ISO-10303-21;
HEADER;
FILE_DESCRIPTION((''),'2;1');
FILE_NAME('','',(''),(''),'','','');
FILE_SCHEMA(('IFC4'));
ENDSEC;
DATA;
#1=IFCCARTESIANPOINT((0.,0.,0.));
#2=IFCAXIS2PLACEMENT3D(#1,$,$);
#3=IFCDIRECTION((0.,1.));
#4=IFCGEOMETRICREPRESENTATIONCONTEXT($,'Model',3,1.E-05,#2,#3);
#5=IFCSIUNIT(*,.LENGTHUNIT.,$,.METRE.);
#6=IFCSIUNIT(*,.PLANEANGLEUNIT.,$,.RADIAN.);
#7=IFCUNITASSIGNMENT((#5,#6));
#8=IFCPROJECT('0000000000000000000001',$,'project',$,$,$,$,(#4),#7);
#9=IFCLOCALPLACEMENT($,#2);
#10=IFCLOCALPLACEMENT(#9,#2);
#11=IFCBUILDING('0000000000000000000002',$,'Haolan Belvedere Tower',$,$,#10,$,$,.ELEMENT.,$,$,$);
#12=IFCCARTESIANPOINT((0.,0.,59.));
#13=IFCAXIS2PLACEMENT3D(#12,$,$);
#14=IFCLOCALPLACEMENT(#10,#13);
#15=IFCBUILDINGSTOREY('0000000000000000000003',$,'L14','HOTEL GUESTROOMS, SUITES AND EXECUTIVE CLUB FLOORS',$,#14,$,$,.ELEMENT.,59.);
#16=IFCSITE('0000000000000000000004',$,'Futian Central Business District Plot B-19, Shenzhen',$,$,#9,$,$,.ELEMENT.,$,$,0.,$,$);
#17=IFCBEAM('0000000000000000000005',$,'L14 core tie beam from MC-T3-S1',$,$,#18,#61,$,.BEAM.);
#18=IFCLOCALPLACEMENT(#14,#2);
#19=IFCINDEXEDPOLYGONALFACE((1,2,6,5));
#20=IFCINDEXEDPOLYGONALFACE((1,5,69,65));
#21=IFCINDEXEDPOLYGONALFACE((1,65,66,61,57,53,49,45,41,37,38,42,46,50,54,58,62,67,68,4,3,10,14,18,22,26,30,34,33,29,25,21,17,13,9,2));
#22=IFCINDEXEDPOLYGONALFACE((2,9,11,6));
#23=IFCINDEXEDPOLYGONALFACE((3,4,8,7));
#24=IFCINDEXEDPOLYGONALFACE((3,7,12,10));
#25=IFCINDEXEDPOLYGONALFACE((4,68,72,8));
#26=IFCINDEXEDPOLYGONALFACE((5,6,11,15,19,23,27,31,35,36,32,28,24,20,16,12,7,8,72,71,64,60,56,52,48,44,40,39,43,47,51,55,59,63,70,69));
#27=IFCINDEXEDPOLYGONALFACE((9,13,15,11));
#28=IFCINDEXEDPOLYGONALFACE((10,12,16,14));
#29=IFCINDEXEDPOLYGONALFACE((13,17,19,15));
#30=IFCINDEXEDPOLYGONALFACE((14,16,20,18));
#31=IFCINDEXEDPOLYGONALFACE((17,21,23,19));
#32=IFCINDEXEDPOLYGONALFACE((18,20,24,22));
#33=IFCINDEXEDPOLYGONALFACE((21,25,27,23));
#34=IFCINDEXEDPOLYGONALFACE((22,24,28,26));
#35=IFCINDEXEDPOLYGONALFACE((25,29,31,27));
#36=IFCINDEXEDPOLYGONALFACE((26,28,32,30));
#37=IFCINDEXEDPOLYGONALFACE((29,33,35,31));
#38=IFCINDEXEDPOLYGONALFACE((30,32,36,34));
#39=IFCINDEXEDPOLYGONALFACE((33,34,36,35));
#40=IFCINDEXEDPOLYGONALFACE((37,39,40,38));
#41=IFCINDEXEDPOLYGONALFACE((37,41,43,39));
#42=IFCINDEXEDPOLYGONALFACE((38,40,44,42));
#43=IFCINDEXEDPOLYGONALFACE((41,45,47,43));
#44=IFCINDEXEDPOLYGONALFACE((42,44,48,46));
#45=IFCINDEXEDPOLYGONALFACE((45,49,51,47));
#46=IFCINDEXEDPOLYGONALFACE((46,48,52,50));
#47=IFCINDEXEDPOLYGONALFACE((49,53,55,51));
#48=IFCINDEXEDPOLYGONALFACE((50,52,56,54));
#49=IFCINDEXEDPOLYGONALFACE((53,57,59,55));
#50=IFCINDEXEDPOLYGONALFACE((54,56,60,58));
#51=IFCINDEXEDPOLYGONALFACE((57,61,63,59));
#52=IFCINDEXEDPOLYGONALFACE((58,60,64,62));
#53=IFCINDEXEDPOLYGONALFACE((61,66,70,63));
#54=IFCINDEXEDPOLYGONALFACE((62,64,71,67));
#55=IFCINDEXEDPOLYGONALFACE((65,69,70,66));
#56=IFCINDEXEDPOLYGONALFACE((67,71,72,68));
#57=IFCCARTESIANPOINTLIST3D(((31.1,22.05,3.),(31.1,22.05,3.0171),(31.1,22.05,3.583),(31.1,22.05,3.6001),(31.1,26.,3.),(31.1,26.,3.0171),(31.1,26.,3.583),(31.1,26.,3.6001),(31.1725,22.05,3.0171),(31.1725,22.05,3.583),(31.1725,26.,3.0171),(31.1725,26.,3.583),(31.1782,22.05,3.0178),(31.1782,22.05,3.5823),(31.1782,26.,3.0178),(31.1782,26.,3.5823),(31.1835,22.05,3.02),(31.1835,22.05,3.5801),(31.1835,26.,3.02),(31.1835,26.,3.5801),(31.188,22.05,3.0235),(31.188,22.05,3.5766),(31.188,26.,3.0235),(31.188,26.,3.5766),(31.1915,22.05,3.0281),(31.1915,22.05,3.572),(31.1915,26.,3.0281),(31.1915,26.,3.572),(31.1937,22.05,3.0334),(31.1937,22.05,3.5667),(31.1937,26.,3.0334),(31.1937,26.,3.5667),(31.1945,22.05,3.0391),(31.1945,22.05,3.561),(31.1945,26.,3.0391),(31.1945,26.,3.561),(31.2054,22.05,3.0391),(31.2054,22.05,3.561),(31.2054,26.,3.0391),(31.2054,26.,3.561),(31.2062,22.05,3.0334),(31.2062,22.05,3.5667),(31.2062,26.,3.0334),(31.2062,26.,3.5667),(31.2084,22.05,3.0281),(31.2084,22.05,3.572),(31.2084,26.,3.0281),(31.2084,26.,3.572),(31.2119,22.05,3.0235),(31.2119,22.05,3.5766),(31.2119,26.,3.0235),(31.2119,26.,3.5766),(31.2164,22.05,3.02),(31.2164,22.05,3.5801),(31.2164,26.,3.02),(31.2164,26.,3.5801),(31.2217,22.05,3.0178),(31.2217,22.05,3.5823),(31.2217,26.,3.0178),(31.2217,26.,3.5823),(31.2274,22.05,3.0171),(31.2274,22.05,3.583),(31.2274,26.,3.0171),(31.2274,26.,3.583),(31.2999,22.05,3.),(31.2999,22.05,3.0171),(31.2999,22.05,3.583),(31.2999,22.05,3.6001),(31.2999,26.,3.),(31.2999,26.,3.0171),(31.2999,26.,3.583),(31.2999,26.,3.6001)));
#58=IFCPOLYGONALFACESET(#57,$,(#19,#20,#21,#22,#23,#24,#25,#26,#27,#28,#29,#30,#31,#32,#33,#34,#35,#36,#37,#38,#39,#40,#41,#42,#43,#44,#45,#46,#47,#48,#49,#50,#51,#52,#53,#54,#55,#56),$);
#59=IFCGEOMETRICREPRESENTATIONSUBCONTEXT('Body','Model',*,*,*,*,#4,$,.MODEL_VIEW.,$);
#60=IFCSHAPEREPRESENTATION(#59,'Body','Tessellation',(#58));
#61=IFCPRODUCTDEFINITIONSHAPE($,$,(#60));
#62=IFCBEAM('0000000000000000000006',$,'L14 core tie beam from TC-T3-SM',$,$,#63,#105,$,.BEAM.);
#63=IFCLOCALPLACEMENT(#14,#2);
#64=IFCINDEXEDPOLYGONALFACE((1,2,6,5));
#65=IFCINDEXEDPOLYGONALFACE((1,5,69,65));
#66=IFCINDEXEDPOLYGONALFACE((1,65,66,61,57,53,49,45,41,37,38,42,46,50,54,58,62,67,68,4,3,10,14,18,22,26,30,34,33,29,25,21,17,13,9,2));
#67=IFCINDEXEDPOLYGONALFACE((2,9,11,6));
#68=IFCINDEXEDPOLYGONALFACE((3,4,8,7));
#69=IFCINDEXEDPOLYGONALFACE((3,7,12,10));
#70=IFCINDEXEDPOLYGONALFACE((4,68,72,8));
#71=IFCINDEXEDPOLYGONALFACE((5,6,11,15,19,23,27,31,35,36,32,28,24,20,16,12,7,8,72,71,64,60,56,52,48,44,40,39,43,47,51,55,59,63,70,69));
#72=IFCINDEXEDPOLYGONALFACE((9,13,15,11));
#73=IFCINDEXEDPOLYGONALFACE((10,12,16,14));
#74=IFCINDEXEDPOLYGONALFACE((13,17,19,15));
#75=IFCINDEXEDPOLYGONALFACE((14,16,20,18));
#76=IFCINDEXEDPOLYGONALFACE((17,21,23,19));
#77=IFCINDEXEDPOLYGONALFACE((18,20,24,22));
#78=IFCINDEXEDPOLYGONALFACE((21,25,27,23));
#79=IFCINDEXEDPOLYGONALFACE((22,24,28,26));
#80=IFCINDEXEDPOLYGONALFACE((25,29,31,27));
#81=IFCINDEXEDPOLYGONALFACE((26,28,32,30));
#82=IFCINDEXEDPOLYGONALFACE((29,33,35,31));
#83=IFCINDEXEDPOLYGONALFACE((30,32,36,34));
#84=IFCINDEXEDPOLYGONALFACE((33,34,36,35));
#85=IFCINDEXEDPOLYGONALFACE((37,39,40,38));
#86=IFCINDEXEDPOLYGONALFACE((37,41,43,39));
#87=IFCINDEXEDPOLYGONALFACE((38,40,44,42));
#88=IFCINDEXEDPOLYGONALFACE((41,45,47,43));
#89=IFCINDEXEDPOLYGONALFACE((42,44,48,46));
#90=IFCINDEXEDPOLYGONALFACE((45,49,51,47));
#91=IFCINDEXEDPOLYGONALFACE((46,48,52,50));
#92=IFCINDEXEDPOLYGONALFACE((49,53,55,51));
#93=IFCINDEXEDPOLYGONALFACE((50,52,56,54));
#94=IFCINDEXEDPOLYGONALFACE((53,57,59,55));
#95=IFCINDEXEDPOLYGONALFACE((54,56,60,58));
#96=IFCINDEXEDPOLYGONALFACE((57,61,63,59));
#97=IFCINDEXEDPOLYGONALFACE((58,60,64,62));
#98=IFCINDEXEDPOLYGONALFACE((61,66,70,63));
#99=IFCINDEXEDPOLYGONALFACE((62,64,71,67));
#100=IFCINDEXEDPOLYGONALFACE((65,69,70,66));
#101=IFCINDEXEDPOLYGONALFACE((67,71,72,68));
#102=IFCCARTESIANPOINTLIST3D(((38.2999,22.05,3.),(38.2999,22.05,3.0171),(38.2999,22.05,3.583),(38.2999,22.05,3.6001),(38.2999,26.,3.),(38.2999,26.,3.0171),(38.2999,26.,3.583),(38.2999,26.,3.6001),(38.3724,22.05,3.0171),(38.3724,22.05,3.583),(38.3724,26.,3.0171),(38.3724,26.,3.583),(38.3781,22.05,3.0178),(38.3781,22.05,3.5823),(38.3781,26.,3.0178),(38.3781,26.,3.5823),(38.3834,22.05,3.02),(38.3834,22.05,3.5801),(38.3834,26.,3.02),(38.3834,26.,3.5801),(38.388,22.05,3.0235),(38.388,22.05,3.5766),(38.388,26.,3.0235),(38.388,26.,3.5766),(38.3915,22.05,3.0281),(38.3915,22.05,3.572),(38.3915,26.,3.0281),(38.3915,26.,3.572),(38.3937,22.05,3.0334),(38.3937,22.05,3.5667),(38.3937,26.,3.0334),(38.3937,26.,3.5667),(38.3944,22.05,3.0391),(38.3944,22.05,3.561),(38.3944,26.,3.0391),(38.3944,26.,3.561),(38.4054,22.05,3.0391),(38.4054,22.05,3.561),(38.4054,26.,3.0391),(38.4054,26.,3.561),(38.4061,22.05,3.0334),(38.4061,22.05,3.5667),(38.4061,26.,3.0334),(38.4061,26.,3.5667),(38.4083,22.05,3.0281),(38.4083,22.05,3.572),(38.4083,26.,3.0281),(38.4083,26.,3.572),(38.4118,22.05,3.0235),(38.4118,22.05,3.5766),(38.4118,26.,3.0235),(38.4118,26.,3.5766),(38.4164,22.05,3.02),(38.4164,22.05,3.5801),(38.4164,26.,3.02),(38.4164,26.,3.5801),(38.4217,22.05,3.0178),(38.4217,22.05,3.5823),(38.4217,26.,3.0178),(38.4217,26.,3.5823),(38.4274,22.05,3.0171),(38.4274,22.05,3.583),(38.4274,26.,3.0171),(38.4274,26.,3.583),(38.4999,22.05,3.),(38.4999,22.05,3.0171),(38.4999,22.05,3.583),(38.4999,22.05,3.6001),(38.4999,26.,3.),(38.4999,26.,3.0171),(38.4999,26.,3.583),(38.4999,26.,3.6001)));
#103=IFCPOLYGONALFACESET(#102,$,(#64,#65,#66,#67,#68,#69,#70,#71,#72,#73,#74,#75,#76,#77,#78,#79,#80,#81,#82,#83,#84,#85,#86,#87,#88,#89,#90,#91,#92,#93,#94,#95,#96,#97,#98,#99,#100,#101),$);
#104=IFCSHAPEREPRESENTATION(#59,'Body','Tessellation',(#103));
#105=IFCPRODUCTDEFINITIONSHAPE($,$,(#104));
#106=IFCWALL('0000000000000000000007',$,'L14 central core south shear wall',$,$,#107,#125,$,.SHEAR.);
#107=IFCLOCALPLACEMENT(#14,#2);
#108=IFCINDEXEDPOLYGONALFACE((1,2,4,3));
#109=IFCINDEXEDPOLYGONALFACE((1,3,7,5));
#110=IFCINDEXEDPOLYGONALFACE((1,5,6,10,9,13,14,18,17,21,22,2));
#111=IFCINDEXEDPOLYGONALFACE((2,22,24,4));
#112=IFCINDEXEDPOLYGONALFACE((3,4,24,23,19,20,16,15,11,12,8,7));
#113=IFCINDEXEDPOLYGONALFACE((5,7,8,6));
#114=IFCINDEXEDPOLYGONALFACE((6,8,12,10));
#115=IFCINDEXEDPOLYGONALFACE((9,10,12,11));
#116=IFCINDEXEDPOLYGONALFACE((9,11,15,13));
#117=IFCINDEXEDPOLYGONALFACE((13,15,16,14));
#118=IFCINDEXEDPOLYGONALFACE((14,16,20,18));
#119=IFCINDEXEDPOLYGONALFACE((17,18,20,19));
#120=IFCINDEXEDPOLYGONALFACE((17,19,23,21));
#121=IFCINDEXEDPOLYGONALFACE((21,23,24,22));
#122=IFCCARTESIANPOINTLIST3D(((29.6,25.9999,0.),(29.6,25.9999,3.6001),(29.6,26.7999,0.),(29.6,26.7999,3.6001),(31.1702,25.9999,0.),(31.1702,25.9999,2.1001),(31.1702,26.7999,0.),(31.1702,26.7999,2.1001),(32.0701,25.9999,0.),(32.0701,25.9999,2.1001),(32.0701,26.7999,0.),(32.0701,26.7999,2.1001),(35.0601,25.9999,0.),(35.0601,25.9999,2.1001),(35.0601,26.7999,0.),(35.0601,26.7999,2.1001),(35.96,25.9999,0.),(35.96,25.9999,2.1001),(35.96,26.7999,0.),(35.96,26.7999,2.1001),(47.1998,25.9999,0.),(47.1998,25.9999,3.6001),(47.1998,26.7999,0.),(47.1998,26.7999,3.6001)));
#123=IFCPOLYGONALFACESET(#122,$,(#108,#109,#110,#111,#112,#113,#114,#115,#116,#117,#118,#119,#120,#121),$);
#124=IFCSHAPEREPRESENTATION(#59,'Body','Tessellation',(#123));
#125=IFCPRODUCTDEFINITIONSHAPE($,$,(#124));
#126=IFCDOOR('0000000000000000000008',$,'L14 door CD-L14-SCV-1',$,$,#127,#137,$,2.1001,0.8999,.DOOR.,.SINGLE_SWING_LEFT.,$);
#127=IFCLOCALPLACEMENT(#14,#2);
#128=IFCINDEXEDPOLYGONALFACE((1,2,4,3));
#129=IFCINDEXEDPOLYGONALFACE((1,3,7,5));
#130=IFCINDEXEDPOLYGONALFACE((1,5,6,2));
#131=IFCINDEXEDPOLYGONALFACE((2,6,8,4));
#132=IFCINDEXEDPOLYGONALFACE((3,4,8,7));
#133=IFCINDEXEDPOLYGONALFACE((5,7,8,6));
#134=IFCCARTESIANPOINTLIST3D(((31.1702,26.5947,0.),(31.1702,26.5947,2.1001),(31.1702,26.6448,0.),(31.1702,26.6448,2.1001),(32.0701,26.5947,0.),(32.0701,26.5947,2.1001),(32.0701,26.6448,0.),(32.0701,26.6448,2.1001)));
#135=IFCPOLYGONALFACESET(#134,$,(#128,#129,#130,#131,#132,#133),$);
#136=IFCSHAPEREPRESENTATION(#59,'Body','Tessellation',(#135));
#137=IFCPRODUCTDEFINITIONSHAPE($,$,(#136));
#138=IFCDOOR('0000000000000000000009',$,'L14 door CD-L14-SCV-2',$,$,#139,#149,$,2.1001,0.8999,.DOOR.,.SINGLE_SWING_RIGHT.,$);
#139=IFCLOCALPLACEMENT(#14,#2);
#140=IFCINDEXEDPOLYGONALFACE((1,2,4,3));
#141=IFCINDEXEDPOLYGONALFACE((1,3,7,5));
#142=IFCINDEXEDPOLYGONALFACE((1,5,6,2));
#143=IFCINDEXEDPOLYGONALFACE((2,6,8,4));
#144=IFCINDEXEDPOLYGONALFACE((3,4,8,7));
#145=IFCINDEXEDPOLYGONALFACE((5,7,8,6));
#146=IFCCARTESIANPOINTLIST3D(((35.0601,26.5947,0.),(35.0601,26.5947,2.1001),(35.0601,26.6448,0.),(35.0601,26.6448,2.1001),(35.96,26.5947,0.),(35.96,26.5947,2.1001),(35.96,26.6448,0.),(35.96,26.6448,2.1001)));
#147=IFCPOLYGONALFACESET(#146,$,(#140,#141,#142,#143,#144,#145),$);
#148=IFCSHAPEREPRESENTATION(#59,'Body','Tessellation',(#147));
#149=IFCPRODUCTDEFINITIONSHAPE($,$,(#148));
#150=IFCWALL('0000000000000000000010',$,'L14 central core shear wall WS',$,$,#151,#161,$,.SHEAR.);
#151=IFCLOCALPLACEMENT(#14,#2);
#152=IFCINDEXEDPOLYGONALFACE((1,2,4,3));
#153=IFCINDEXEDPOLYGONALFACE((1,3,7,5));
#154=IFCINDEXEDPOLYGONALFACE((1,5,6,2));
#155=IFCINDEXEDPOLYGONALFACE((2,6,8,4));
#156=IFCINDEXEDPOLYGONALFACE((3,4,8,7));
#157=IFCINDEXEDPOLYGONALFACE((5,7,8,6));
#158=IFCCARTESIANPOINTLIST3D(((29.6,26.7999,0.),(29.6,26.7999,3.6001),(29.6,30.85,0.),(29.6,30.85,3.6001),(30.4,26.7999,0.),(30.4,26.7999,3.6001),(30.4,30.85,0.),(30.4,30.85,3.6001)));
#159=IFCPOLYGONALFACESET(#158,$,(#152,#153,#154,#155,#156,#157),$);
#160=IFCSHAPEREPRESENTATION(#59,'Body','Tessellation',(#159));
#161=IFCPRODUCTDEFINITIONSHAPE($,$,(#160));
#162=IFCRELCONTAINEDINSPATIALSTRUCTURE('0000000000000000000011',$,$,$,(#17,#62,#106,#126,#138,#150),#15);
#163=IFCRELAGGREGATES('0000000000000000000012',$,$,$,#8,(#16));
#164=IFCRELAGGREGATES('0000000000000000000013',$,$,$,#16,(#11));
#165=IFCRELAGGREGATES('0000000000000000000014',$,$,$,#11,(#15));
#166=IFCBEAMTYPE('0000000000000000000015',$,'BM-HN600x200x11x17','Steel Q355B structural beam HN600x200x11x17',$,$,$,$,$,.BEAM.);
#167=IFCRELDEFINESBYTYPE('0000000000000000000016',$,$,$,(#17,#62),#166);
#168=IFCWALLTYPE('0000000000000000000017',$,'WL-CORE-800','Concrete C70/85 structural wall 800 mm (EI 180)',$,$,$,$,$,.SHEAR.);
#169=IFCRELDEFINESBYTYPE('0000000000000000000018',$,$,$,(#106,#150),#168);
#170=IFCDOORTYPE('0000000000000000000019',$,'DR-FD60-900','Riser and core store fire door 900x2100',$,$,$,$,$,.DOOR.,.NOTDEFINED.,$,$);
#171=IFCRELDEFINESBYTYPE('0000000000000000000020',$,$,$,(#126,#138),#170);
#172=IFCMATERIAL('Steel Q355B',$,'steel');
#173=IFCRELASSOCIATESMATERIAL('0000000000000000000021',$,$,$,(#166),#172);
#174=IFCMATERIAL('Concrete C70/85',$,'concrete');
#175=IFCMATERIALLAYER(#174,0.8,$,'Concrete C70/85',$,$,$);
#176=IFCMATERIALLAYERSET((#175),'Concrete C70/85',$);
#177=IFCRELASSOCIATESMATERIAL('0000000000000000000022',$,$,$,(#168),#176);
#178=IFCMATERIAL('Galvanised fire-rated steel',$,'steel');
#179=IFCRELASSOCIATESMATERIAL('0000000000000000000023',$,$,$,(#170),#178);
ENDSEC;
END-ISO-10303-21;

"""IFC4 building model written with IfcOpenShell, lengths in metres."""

from ifc_helpers import new_model, si_unit, direction, frame, frame_2d, origin, origin_2d, place, context, subcontext, project, spatial, rectangle, i_section, extrude, material, layer, layer_set, material_profile, profile_set, type_object, element, fill, save


model = new_model("IFC4")

# Units and contexts
model_context = context("Model", 3, precision=1e-05, world=origin(), true_north=direction((0.0, 1.0)))
body_context = subcontext(model_context, "Body", "Model", "MODEL_VIEW")
ifc_project = project(units=[si_unit("LENGTHUNIT", "METRE"), si_unit("PLANEANGLEUNIT", "RADIAN")], contexts=[model_context])

# Site, building, storey
site_placement = place(None, origin())
site = spatial("IfcSite", under=ifc_project, at=site_placement, Name="Futian Central Business District Plot B-19, Shenzhen", CompositionType="ELEMENT", RefElevation=0.0)
building_placement = place(site_placement, origin())
building = spatial("IfcBuilding", under=site, at=building_placement, Name="Haolan Belvedere Tower", CompositionType="ELEMENT")
storey_placement = place(building_placement, frame((0.0, 0.0, 59.0)))
storey = spatial("IfcBuildingStorey", under=building, at=storey_placement, Name="L14", Description="HOTEL GUESTROOMS, SUITES AND EXECUTIVE CLUB FLOORS", CompositionType="ELEMENT", Elevation=59.0)

# Shared definitions
ifc_material_1 = material(Name="Steel Q355B", Category="steel")

# Beams
ifc_material_profile_1 = material_profile(ifc_material_1, i_section(OverallWidth=0.2, OverallDepth=0.6001, WebThickness=0.011, FlangeThickness=0.0171, FilletRadius=0.022, at=origin_2d()), Name="Steel Q355B")
ifc_profile_set_1 = profile_set([ifc_material_profile_1], Name="Steel Q355B")
beam_type_1 = type_object("IfcBeamType", Name="BM-HN600x200x11x17", Description="Steel Q355B structural beam HN600x200x11x17", PredefinedType="BEAM", material=ifc_profile_set_1)
for number, where, z_axis, x_axis, name in (
    (1, (31.2, 22.05, 3.3), (0.0, 1.0, 0.0), (-1.0, 0.0, 0.0), "L14 core tie beam from MC-T3-S1"),
    (2, (38.3999, 22.05, 3.3), (0.0, 1.0, 0.0), (-1.0, 0.0, 0.0), "L14 core tie beam from TC-T3-SM"),
):
    element("IfcBeam", number, at=place(storey_placement, frame(where, z_axis=z_axis, x_axis=x_axis)), inside=storey, type_object=beam_type_1, Name=name, PredefinedType="BEAM", context=body_context, shape_type="SweptSolid", body=[
        extrude(i_section(OverallWidth=0.2, OverallDepth=0.6001, WebThickness=0.011, FlangeThickness=0.0171, FilletRadius=0.022, at=origin_2d()), origin(), (0.0, 0.0, 1.0), 3.95),
    ])

# Wall, openings, doors
ifc_material_2 = material(Name="Concrete C70/85", Category="concrete")
ifc_layer_1 = layer(ifc_material_2, 0.8, Name="Concrete C70/85")
ifc_layer_set_1 = layer_set([ifc_layer_1], Name="Concrete C70/85")
wall_type_1 = type_object("IfcWallType", Name="WL-CORE-800", Description="Concrete C70/85 structural wall 800 mm (EI 180)", PredefinedType="SHEAR", material=ifc_layer_set_1)
wall_1_placement = place(storey_placement, frame((29.6001, 26.3999, 0.0), z_axis=(0.0, 0.0, 1.0), x_axis=(1.0, 0.0, 0.0)))
wall_1 = element("IfcWall", 3, at=wall_1_placement, inside=storey, type_object=wall_type_1, Name="L14 central core south shear wall", PredefinedType="SHEAR", context=body_context, shape_type="SweptSolid", body=[
    extrude(rectangle(XDim=17.5999, YDim=0.8, at=frame_2d((8.7998, 0.0))), origin(), (0.0, 0.0, 1.0), 3.6001),
])
opening_1_placement = place(wall_1_placement, frame((2.47, 0.0, 0.0), z_axis=(0.0, 0.0, 1.0), x_axis=(-1.0, 0.0, 0.0)))
opening_1 = element("IfcOpeningElement", 4, at=opening_1_placement, cuts=wall_1, PredefinedType="OPENING", context=body_context, shape_type="SweptSolid", body=[
    extrude(rectangle(XDim=0.8999, YDim=2.1001, at=frame_2d((0.45, 1.05))), frame((0.0, 0.4099, 0.0), z_axis=(0.0, -1.0, 0.0), x_axis=(1.0, 0.0, 0.0)), (0.0, 0.0, 1.0), 0.8201),
])
opening_2_placement = place(wall_1_placement, frame((6.3599, 0.0, 0.0), z_axis=(0.0, 0.0, 1.0), x_axis=(-1.0, 0.0, 0.0)))
opening_2 = element("IfcOpeningElement", 5, at=opening_2_placement, cuts=wall_1, PredefinedType="OPENING", context=body_context, shape_type="SweptSolid", body=[
    extrude(rectangle(XDim=0.8999, YDim=2.1001, at=frame_2d((0.45, 1.05))), frame((0.0, 0.4099, 0.0), z_axis=(0.0, -1.0, 0.0), x_axis=(1.0, 0.0, 0.0)), (0.0, 0.0, 1.0), 0.8201),
])
ifc_material_3 = material(Name="Galvanised fire-rated steel", Category="steel")
door_type_1 = type_object("IfcDoorType", Name="DR-FD60-900", Description="Riser and core store fire door 900x2100", OperationType="NOTDEFINED", PredefinedType="DOOR", material=ifc_material_3)
door_1_placement = place(opening_1_placement, origin())
door_1 = element("IfcDoor", 6, at=door_1_placement, inside=storey, type_object=door_type_1, Name="L14 door CD-L14-SCV-1", OperationType="SINGLE_SWING_LEFT", OverallHeight=2.1001, OverallWidth=0.8999, PredefinedType="DOOR", context=body_context, shape_type="SweptSolid", body=[
    extrude(rectangle(XDim=0.8999, YDim=2.1001, at=frame_2d((0.45, 1.05))), frame((0.0, -0.1948, 0.0), z_axis=(0.0, -1.0, 0.0), x_axis=(1.0, 0.0, 0.0)), (0.0, 0.0, 1.0), 0.05),
])
fill(opening_1, door_1)
door_2_placement = place(opening_2_placement, origin())
door_2 = element("IfcDoor", 7, at=door_2_placement, inside=storey, type_object=door_type_1, Name="L14 door CD-L14-SCV-2", OperationType="SINGLE_SWING_RIGHT", OverallHeight=2.1001, OverallWidth=0.8999, PredefinedType="DOOR", context=body_context, shape_type="SweptSolid", body=[
    extrude(rectangle(XDim=0.8999, YDim=2.1001, at=frame_2d((0.45, 1.05))), frame((0.0, -0.1948, 0.0), z_axis=(0.0, -1.0, 0.0), x_axis=(1.0, 0.0, 0.0)), (0.0, 0.0, 1.0), 0.05),
])
fill(opening_2, door_2)

# Wall
wall_2_placement = place(storey_placement, frame((30.0, 26.8, 0.0), z_axis=(0.0, 0.0, 1.0), x_axis=(0.0, 1.0, 0.0)))
element("IfcWall", 8, at=wall_2_placement, inside=storey, type_object=wall_type_1, Name="L14 central core shear wall WS", PredefinedType="SHEAR", context=body_context, shape_type="SweptSolid", body=[
    extrude(rectangle(XDim=4.05, YDim=0.8, at=frame_2d((2.0249, 0.0))), origin(), (0.0, 0.0, 1.0), 3.6001),
])

save(model, "model.ifc")
